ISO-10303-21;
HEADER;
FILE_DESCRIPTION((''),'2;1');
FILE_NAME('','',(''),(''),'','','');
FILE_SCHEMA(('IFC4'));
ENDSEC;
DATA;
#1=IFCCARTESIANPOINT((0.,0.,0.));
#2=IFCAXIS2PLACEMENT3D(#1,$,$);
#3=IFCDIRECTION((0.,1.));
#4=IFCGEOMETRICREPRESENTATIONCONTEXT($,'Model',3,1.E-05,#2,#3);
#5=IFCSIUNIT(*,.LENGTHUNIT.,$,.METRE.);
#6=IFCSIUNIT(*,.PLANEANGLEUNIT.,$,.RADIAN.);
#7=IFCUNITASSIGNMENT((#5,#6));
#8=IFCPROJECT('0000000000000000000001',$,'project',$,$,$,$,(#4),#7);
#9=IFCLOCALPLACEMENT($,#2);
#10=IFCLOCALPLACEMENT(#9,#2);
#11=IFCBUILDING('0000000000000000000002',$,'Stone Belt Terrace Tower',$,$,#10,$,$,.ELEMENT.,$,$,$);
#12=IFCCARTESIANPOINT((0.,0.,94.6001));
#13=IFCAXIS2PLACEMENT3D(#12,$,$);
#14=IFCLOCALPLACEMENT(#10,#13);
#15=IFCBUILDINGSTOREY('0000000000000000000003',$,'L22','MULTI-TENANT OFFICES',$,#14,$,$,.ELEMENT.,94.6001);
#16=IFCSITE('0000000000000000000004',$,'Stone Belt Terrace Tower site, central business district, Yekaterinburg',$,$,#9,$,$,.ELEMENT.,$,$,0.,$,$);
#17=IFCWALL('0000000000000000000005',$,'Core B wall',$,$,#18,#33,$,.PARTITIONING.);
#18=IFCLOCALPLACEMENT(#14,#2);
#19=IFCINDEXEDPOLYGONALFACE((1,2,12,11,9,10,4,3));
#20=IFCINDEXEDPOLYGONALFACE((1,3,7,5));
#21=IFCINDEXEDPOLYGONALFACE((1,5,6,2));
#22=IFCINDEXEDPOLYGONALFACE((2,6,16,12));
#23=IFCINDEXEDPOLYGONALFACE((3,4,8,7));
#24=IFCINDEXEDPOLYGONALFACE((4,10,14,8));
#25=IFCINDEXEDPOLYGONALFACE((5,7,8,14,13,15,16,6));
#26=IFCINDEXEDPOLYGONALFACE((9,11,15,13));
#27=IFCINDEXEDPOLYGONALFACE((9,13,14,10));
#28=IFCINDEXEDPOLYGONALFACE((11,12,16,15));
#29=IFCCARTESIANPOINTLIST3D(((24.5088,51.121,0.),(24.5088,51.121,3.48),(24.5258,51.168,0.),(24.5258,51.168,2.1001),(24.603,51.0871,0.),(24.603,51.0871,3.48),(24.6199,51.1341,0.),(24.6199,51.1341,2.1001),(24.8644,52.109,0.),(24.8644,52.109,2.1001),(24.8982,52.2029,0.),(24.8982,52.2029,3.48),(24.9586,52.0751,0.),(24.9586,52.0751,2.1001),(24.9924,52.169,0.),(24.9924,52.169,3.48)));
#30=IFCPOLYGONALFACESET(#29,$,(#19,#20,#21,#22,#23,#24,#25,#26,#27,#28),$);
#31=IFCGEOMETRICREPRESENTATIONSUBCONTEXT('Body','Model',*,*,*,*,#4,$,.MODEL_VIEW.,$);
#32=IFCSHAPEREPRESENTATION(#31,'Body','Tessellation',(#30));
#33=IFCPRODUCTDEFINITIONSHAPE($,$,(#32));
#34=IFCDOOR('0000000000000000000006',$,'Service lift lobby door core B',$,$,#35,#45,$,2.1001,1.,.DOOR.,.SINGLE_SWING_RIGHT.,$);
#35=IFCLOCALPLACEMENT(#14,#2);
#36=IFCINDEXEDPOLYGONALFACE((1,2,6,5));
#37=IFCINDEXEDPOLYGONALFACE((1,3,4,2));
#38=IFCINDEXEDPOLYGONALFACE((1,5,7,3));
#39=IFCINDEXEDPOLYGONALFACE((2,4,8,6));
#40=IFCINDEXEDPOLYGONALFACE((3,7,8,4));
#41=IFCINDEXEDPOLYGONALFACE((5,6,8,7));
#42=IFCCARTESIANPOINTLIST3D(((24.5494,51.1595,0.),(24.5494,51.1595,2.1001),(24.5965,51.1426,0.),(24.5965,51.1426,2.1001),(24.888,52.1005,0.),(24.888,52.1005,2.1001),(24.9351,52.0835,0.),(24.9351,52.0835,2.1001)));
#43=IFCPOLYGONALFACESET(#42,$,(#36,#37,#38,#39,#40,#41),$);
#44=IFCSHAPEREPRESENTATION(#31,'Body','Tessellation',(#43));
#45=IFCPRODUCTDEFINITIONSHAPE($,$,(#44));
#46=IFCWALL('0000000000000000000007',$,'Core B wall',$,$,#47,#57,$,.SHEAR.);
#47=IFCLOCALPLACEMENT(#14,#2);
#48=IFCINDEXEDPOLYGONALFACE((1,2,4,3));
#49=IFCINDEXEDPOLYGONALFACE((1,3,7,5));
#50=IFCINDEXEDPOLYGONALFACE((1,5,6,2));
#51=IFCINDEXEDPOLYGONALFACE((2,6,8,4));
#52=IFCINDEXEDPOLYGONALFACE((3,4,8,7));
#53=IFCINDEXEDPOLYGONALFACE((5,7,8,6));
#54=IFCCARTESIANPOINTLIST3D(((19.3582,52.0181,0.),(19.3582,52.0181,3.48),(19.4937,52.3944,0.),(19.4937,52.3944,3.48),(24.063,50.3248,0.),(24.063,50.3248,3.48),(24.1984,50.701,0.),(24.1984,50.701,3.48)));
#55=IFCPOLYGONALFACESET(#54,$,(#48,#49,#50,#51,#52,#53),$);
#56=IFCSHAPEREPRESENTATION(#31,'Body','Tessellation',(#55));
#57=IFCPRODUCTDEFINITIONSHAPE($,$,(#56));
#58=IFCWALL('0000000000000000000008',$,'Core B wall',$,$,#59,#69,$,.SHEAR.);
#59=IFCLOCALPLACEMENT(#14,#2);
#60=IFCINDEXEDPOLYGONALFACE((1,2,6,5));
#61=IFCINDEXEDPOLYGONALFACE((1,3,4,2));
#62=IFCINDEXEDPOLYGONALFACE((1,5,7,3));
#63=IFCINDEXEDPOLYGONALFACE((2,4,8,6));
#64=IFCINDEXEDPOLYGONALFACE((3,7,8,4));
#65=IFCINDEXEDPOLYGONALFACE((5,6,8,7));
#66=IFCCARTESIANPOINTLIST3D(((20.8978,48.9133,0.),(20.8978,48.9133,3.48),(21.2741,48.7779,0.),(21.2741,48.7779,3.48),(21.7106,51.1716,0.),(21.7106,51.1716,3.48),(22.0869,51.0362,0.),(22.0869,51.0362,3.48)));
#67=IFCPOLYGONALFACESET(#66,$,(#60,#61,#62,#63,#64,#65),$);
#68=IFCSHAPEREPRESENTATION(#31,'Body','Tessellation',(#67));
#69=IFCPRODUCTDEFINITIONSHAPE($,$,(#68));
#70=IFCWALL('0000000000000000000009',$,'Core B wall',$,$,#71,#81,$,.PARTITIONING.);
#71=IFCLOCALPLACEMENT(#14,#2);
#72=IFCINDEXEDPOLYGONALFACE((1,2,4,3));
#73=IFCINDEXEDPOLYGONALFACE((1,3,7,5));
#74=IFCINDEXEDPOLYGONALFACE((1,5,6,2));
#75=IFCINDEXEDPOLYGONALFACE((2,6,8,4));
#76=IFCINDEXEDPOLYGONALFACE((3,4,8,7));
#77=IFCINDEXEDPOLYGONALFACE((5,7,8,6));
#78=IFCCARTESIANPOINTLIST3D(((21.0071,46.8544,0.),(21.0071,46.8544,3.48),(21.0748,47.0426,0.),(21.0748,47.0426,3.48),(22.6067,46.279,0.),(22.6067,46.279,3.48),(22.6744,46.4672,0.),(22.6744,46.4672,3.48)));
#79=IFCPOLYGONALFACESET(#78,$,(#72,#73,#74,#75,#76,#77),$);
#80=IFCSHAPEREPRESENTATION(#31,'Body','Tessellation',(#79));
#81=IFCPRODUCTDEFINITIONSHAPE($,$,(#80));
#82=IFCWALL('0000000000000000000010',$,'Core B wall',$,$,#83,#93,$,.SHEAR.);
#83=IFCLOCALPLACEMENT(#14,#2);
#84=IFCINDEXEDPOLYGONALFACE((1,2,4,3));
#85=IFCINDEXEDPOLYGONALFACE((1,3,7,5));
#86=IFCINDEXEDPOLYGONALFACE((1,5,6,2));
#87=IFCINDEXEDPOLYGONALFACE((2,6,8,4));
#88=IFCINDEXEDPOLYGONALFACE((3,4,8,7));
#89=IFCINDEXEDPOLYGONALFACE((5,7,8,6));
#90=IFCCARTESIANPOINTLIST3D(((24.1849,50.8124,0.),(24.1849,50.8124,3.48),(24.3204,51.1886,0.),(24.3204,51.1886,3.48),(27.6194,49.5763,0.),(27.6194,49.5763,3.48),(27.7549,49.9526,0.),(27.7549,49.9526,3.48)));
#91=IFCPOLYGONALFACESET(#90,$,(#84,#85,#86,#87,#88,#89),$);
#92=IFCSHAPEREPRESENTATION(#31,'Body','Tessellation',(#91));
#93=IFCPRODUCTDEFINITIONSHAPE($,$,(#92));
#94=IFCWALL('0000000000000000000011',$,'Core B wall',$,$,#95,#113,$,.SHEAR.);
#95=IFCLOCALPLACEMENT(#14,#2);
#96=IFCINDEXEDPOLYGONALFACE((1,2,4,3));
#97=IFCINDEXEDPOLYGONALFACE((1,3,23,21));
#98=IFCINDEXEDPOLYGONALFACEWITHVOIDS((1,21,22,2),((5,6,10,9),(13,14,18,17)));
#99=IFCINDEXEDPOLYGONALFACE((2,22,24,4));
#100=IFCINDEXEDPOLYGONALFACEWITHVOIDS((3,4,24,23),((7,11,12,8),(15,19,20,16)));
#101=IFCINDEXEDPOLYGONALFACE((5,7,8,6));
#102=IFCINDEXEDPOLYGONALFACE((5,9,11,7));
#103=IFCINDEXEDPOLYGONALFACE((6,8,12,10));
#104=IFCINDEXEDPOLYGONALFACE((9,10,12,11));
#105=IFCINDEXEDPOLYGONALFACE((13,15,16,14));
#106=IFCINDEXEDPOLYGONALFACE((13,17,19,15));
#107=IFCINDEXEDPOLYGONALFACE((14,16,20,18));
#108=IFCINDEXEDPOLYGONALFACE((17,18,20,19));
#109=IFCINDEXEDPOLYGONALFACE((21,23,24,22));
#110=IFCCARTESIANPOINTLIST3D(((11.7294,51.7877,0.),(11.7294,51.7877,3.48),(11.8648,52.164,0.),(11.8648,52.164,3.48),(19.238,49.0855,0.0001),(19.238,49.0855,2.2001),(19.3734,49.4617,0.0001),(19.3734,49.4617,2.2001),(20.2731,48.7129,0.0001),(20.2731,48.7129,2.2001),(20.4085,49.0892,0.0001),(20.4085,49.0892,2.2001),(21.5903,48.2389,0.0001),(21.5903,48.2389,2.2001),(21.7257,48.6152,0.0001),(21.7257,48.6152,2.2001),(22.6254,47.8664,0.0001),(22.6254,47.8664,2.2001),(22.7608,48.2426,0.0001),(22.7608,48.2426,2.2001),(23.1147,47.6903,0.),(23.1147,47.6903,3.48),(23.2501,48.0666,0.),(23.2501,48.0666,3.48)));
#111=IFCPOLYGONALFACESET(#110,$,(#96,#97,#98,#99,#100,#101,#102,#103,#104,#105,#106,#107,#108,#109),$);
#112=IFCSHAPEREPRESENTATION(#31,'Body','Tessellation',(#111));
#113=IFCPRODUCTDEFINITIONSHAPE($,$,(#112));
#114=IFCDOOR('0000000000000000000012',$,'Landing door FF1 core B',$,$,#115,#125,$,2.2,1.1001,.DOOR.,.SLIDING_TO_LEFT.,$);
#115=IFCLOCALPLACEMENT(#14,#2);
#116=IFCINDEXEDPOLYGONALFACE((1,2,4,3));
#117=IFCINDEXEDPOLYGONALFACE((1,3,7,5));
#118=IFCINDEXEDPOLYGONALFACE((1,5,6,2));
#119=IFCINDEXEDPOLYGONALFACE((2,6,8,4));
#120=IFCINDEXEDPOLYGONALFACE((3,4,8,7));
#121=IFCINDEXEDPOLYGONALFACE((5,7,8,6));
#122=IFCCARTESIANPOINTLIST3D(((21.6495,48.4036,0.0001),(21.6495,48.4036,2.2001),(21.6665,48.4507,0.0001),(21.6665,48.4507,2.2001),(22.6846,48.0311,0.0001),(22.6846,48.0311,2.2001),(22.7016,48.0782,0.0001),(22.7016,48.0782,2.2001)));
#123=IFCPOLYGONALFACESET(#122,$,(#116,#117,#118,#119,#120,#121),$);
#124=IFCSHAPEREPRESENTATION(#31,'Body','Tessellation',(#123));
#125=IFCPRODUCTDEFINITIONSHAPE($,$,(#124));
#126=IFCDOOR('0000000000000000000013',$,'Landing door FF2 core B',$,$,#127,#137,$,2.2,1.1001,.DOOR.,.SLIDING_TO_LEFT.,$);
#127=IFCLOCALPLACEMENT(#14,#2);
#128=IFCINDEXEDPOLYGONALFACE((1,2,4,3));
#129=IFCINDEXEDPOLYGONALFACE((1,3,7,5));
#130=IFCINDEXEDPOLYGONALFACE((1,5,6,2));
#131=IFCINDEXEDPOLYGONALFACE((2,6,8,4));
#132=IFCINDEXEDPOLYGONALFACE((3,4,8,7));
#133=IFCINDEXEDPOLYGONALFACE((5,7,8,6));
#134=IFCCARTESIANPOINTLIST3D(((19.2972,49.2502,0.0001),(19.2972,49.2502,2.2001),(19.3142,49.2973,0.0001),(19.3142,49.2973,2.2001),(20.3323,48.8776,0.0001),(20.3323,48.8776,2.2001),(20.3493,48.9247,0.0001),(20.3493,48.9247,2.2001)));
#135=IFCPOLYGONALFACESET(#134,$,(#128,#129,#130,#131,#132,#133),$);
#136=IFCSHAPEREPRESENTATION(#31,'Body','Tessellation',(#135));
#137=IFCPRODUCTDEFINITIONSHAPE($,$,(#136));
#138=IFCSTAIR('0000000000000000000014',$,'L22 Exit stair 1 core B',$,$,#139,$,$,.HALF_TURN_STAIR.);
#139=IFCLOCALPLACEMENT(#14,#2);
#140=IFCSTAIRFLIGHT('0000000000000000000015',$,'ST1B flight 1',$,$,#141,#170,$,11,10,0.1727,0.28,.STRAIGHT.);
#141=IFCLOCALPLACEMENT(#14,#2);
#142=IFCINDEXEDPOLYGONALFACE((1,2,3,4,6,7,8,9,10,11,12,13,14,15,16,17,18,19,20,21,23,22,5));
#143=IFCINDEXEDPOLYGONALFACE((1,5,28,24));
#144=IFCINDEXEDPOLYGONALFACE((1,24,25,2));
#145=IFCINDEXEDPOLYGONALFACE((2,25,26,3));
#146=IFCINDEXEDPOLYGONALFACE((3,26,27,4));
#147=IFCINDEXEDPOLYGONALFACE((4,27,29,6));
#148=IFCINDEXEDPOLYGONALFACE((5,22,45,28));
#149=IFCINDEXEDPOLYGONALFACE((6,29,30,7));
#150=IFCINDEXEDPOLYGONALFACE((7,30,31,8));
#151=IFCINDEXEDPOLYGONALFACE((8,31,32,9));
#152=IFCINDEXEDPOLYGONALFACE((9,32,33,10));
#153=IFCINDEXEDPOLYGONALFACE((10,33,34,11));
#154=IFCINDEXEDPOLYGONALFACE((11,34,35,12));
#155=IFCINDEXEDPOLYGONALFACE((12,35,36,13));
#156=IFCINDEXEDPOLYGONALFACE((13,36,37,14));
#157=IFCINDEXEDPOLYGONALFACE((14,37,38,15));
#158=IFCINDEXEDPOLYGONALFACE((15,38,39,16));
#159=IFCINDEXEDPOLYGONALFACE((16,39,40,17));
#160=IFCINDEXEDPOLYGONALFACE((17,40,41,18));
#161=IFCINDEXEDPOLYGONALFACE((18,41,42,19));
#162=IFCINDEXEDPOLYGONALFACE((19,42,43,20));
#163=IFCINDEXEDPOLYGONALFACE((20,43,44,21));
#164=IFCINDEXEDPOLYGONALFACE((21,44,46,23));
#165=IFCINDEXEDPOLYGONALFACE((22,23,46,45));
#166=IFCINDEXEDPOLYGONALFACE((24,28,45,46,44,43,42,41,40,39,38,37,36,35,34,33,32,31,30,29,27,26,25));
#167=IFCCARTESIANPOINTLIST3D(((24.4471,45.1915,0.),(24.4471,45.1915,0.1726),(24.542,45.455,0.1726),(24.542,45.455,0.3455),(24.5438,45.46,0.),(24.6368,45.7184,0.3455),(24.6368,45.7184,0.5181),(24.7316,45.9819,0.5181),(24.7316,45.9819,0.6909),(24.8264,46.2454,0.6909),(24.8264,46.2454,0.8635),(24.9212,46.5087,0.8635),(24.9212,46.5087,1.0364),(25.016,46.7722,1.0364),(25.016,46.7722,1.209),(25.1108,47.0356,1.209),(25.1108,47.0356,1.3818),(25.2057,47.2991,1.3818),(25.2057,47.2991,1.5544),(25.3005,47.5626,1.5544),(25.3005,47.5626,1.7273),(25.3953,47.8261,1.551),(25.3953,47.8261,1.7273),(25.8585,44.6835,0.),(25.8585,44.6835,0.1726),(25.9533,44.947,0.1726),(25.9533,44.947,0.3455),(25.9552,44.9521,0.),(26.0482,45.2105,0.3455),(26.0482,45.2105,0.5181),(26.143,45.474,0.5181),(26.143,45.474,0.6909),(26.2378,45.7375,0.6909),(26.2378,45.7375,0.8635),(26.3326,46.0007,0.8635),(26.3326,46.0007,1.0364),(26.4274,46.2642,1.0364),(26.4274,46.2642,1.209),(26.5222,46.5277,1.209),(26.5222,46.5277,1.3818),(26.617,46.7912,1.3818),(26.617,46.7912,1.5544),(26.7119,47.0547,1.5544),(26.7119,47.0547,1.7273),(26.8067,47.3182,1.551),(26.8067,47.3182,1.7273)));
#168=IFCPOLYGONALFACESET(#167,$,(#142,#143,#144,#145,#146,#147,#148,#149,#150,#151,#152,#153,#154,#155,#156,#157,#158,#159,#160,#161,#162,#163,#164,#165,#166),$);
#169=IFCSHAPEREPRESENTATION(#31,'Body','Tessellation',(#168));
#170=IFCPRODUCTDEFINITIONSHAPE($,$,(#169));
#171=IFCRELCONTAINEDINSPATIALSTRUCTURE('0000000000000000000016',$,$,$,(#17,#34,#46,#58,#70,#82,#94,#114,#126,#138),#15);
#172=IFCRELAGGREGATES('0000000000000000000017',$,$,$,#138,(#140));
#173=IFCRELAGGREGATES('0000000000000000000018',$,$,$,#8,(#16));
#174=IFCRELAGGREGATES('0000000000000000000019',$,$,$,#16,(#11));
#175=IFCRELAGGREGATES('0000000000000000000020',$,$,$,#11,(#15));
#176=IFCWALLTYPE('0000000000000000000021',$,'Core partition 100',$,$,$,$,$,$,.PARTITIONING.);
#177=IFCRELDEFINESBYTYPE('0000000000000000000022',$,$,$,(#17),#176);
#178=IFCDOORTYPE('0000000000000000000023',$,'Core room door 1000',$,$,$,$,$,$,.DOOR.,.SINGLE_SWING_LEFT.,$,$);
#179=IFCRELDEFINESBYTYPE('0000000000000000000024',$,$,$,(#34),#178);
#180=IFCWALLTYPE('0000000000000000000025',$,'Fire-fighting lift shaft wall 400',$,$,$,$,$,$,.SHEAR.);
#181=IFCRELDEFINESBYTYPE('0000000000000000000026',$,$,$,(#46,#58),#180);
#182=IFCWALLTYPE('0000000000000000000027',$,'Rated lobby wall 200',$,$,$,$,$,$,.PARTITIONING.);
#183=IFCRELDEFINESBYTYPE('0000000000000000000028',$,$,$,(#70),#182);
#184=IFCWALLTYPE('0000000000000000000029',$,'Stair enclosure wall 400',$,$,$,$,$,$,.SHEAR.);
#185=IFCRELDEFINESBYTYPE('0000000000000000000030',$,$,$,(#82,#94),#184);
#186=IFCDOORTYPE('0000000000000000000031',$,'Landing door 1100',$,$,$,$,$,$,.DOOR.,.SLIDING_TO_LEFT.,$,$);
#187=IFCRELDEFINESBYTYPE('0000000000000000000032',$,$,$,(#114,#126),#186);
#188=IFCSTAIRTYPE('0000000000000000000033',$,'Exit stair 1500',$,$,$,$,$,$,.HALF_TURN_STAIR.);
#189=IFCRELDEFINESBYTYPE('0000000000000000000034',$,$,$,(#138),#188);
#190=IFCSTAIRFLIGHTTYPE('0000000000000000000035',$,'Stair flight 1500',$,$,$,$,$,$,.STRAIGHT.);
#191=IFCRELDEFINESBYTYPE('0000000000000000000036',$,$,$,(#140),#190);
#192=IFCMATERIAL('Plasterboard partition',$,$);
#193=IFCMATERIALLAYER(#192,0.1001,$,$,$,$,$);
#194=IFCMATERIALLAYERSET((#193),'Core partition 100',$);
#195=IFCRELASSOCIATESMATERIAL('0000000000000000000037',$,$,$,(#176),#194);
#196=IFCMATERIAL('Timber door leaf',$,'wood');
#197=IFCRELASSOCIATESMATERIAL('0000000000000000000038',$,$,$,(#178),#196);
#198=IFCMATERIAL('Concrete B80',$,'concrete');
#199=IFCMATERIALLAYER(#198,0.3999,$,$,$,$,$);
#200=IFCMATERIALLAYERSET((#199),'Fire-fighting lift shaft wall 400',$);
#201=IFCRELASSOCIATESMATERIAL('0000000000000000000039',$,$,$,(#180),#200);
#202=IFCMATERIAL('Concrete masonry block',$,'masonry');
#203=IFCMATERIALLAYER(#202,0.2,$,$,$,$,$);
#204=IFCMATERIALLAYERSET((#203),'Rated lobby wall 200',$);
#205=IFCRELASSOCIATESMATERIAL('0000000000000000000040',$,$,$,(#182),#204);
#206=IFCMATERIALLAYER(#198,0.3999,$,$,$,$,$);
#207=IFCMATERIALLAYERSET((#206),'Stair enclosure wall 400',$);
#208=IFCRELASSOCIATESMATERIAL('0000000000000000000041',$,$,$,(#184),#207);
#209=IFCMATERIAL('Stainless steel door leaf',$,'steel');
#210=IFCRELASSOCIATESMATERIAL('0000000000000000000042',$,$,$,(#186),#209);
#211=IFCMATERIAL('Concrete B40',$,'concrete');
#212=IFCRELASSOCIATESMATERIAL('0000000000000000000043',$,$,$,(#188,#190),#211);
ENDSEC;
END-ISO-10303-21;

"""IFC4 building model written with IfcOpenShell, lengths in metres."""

from ifc_helpers import new_model, si_unit, direction, frame, frame_2d, origin, place, context, subcontext, project, spatial, polyline, rectangle, outline, extrude, material, layer, layer_set, type_object, element, fill, aggregate, save


model = new_model("IFC4")

# Units and contexts
model_context = context("Model", 3, precision=1e-05, world=origin(), true_north=direction((0.0, 1.0)))
body_context = subcontext(model_context, "Body", "Model", "MODEL_VIEW")
ifc_project = project(units=[si_unit("LENGTHUNIT", "METRE"), si_unit("PLANEANGLEUNIT", "RADIAN")], contexts=[model_context])

# Site, building, storey
site_placement = place(None, origin())
site = spatial("IfcSite", under=ifc_project, at=site_placement, Name="Stone Belt Terrace Tower site, central business district, Yekaterinburg", CompositionType="ELEMENT", RefElevation=0.0)
building_placement = place(site_placement, origin())
building = spatial("IfcBuilding", under=site, at=building_placement, Name="Stone Belt Terrace Tower", CompositionType="ELEMENT")
storey_placement = place(building_placement, frame((0.0, 0.0, 94.6001)))
storey = spatial("IfcBuildingStorey", under=building, at=storey_placement, Name="L22", Description="MULTI-TENANT OFFICES", CompositionType="ELEMENT", Elevation=94.6001)

# Wall, opening, door
ifc_material_1 = material(Name="Plasterboard partition")
ifc_layer_1 = layer(ifc_material_1, 0.1001)
ifc_layer_set_1 = layer_set([ifc_layer_1], Name="Core partition 100")
wall_type_1 = type_object("IfcWallType", Name="Core partition 100", PredefinedType="PARTITIONING", material=ifc_layer_set_1)
wall_1_placement = place(storey_placement, frame((24.5559, 51.104, 0.0), z_axis=(0.0, 0.0, 1.0), x_axis=(0.338622, 0.940923, 0.0)))
wall_1 = element("IfcWall", 1, at=wall_1_placement, inside=storey, type_object=wall_type_1, Name="Core B wall", PredefinedType="PARTITIONING", context=body_context, shape_type="SweptSolid", body=[
    extrude(rectangle(XDim=1.1499, YDim=0.1001, at=frame_2d((0.575, 0.0))), origin(), (0.0, 0.0, 1.0), 3.48),
])
opening_1_placement = place(wall_1_placement, frame((0.05, 0.0, 0.0)))
opening_1 = element("IfcOpeningElement", 2, at=opening_1_placement, cuts=wall_1, PredefinedType="OPENING", context=body_context, shape_type="SweptSolid", body=[
    extrude(rectangle(XDim=1.0, YDim=2.1001, at=frame_2d((0.5, 1.05))), frame((0.0, 0.0601, 0.0), z_axis=(0.0, -1.0, 0.0), x_axis=(1.0, 0.0, 0.0)), (0.0, 0.0, 1.0), 0.1201),
])
ifc_material_2 = material(Name="Timber door leaf", Category="wood")
door_type_1 = type_object("IfcDoorType", Name="Core room door 1000", OperationType="SINGLE_SWING_LEFT", PredefinedType="DOOR", material=ifc_material_2)
door_1_placement = place(opening_1_placement, origin())
door_1 = element("IfcDoor", 3, at=door_1_placement, inside=storey, type_object=door_type_1, Name="Service lift lobby door core B", OperationType="SINGLE_SWING_RIGHT", OverallHeight=2.1001, OverallWidth=1.0, PredefinedType="DOOR", context=body_context, shape_type="SweptSolid", body=[
    extrude(rectangle(XDim=1.0, YDim=2.1001, at=frame_2d((0.5, 1.05))), frame((0.0, 0.0249, 0.0), z_axis=(0.0, -1.0, 0.0), x_axis=(1.0, 0.0, 0.0)), (0.0, 0.0, 1.0), 0.05),
])
fill(opening_1, door_1)

# Walls
ifc_material_3 = material(Name="Concrete B80", Category="concrete")
ifc_layer_2 = layer(ifc_material_3, 0.3999)
ifc_layer_set_2 = layer_set([ifc_layer_2], Name="Fire-fighting lift shaft wall 400")
wall_type_2 = type_object("IfcWallType", Name="Fire-fighting lift shaft wall 400", PredefinedType="SHEAR", material=ifc_layer_set_2)
wall_2_placement = place(storey_placement, frame((24.1306, 50.5129, 0.0), z_axis=(0.0, 0.0, 1.0), x_axis=(-0.940912, 0.338652, 0.0)))
element("IfcWall", 4, at=wall_2_placement, inside=storey, type_object=wall_type_2, Name="Core B wall", PredefinedType="SHEAR", context=body_context, shape_type="SweptSolid", body=[
    extrude(rectangle(XDim=5.0002, YDim=0.3999, at=frame_2d((2.5, 0.0))), origin(), (0.0, 0.0, 1.0), 3.48),
])
wall_3_placement = place(storey_placement, frame((21.0859, 48.8455, 0.0), z_axis=(0.0, 0.0, 1.0), x_axis=(0.338629, 0.94092, 0.0)))
element("IfcWall", 5, at=wall_3_placement, inside=storey, type_object=wall_type_2, Name="Core B wall", PredefinedType="SHEAR", context=body_context, shape_type="SweptSolid", body=[
    extrude(rectangle(XDim=2.4001, YDim=0.3999, at=frame_2d((1.2002, 0.0))), origin(), (0.0, 0.0, 1.0), 3.48),
])
ifc_material_4 = material(Name="Concrete masonry block", Category="masonry")
ifc_layer_3 = layer(ifc_material_4, 0.2)
ifc_layer_set_3 = layer_set([ifc_layer_3], Name="Rated lobby wall 200")
wall_type_3 = type_object("IfcWallType", Name="Rated lobby wall 200", PredefinedType="PARTITIONING", material=ifc_layer_set_3)
wall_4_placement = place(storey_placement, frame((22.6406, 46.373, 0.0), z_axis=(0.0, 0.0, 1.0), x_axis=(-0.940966, 0.338501, 0.0)))
element("IfcWall", 6, at=wall_4_placement, inside=storey, type_object=wall_type_3, Name="Core B wall", PredefinedType="PARTITIONING", context=body_context, shape_type="SweptSolid", body=[
    extrude(rectangle(XDim=1.7, YDim=0.2, at=frame_2d((0.8501, 0.0))), origin(), (0.0, 0.0, 1.0), 3.48),
])
ifc_layer_4 = layer(ifc_material_3, 0.3999)
ifc_layer_set_4 = layer_set([ifc_layer_4], Name="Stair enclosure wall 400")
wall_type_4 = type_object("IfcWallType", Name="Stair enclosure wall 400", PredefinedType="SHEAR", material=ifc_layer_set_4)
wall_5_placement = place(storey_placement, frame((27.6873, 49.7644, 0.0), z_axis=(0.0, 0.0, 1.0), x_axis=(-0.940919, 0.338632, 0.0)))
element("IfcWall", 7, at=wall_5_placement, inside=storey, type_object=wall_type_4, Name="Core B wall", PredefinedType="SHEAR", context=body_context, shape_type="SweptSolid", body=[
    extrude(rectangle(XDim=3.6501, YDim=0.3999, at=frame_2d((1.8252, 0.0))), origin(), (0.0, 0.0, 1.0), 3.48),
])

# Wall, openings, doors
wall_6_placement = place(storey_placement, frame((23.1824, 47.8784, 0.0), z_axis=(0.0, 0.0, 1.0), x_axis=(-0.940921, 0.338626, 0.0)))
wall_6 = element("IfcWall", 8, at=wall_6_placement, inside=storey, type_object=wall_type_4, Name="Core B wall", PredefinedType="SHEAR", context=body_context, shape_type="SweptSolid", body=[
    extrude(rectangle(XDim=12.1001, YDim=0.3999, at=frame_2d((6.05, 0.0))), origin(), (0.0, 0.0, 1.0), 3.48),
])
opening_2_placement = place(wall_6_placement, frame((0.52, 0.0, 0.0)))
opening_2 = element("IfcOpeningElement", 9, at=opening_2_placement, cuts=wall_6, PredefinedType="OPENING", context=body_context, shape_type="SweptSolid", body=[
    extrude(rectangle(XDim=1.1001, YDim=2.2, at=frame_2d((0.55, 1.1001))), frame((0.0, 0.21, 0.0), z_axis=(0.0, -1.0, 0.0), x_axis=(1.0, 0.0, 0.0)), (0.0, 0.0, 1.0), 0.4199),
])
opening_3_placement = place(wall_6_placement, frame((3.02, 0.0, 0.0)))
opening_3 = element("IfcOpeningElement", 10, at=opening_3_placement, cuts=wall_6, PredefinedType="OPENING", context=body_context, shape_type="SweptSolid", body=[
    extrude(rectangle(XDim=1.1001, YDim=2.2, at=frame_2d((0.55, 1.1001))), frame((0.0, 0.21, 0.0), z_axis=(0.0, -1.0, 0.0), x_axis=(1.0, 0.0, 0.0)), (0.0, 0.0, 1.0), 0.4199),
])
ifc_material_5 = material(Name="Stainless steel door leaf", Category="steel")
door_type_2 = type_object("IfcDoorType", Name="Landing door 1100", OperationType="SLIDING_TO_LEFT", PredefinedType="DOOR", material=ifc_material_5)
door_2_placement = place(opening_2_placement, origin())
door_2 = element("IfcDoor", 11, at=door_2_placement, inside=storey, type_object=door_type_2, Name="Landing door FF1 core B", OperationType="SLIDING_TO_LEFT", OverallHeight=2.2, OverallWidth=1.1001, PredefinedType="DOOR", context=body_context, shape_type="SweptSolid", body=[
    extrude(rectangle(XDim=1.1001, YDim=2.2, at=frame_2d((0.55, 1.1001))), frame((0.0, 0.0249, 0.0), z_axis=(0.0, -1.0, 0.0), x_axis=(1.0, 0.0, 0.0)), (0.0, 0.0, 1.0), 0.05),
])
fill(opening_2, door_2)
door_3_placement = place(opening_3_placement, origin())
door_3 = element("IfcDoor", 12, at=door_3_placement, inside=storey, type_object=door_type_2, Name="Landing door FF2 core B", OperationType="SLIDING_TO_LEFT", OverallHeight=2.2, OverallWidth=1.1001, PredefinedType="DOOR", context=body_context, shape_type="SweptSolid", body=[
    extrude(rectangle(XDim=1.1001, YDim=2.2, at=frame_2d((0.55, 1.1001))), frame((0.0, 0.0249, 0.0), z_axis=(0.0, -1.0, 0.0), x_axis=(1.0, 0.0, 0.0)), (0.0, 0.0, 1.0), 0.05),
])
fill(opening_3, door_3)

# Stair, stair flight
ifc_material_6 = material(Name="Concrete B40", Category="concrete")
stair_type = type_object("IfcStairType", Name="Exit stair 1500", PredefinedType="HALF_TURN_STAIR", material=ifc_material_6)
stair_placement = place(storey_placement, origin())
stair = element("IfcStair", 13, at=stair_placement, inside=storey, type_object=stair_type, Name="L22 Exit stair 1 core B", PredefinedType="HALF_TURN_STAIR")
stair_flight_type = type_object("IfcStairFlightType", Name="Stair flight 1500", PredefinedType="STRAIGHT", material=ifc_material_6)
stair_flight_1_placement = place(storey_placement, frame((25.1528, 44.9375, 0.0), z_axis=(0.0, 0.0, 1.0), x_axis=(0.338624, 0.940922, 0.0)))
stair_flight_1 = element("IfcStairFlight", 14, at=stair_flight_1_placement, type_object=stair_flight_type, Name="ST1B flight 1", NumberOfRisers=11, NumberOfTreads=10, PredefinedType="STRAIGHT", RiserHeight=0.1727, TreadLength=0.28, context=body_context, shape_type="SweptSolid", body=[
    extrude(outline(polyline([(0.0, 0.0), (0.0, 0.1726), (0.28, 0.1726), (0.28, 0.3455), (0.5601, 0.3455), (0.5601, 0.5181), (0.8401, 0.5181), (0.8401, 0.6909), (1.1201, 0.6909), (1.1201, 0.8635), (1.3999, 0.8635), (1.3999, 1.0364), (1.6799, 1.0364), (1.6799, 1.209), (1.96, 1.209), (1.96, 1.3818), (2.24, 1.3818), (2.24, 1.5544), (2.52, 1.5544), (2.52, 1.7273), (2.8, 1.7273), (2.8, 1.8999), (2.8, 1.551), (0.2854, 0.0), (0.0, 0.0)])), frame((0.0, 0.75, 0.0), z_axis=(0.0, -1.0, 0.0), x_axis=(1.0, 0.0, 0.0)), (0.0, 0.0, 1.0), 1.5),
])
aggregate(stair, [stair_flight_1])

save(model, "model.ifc")
